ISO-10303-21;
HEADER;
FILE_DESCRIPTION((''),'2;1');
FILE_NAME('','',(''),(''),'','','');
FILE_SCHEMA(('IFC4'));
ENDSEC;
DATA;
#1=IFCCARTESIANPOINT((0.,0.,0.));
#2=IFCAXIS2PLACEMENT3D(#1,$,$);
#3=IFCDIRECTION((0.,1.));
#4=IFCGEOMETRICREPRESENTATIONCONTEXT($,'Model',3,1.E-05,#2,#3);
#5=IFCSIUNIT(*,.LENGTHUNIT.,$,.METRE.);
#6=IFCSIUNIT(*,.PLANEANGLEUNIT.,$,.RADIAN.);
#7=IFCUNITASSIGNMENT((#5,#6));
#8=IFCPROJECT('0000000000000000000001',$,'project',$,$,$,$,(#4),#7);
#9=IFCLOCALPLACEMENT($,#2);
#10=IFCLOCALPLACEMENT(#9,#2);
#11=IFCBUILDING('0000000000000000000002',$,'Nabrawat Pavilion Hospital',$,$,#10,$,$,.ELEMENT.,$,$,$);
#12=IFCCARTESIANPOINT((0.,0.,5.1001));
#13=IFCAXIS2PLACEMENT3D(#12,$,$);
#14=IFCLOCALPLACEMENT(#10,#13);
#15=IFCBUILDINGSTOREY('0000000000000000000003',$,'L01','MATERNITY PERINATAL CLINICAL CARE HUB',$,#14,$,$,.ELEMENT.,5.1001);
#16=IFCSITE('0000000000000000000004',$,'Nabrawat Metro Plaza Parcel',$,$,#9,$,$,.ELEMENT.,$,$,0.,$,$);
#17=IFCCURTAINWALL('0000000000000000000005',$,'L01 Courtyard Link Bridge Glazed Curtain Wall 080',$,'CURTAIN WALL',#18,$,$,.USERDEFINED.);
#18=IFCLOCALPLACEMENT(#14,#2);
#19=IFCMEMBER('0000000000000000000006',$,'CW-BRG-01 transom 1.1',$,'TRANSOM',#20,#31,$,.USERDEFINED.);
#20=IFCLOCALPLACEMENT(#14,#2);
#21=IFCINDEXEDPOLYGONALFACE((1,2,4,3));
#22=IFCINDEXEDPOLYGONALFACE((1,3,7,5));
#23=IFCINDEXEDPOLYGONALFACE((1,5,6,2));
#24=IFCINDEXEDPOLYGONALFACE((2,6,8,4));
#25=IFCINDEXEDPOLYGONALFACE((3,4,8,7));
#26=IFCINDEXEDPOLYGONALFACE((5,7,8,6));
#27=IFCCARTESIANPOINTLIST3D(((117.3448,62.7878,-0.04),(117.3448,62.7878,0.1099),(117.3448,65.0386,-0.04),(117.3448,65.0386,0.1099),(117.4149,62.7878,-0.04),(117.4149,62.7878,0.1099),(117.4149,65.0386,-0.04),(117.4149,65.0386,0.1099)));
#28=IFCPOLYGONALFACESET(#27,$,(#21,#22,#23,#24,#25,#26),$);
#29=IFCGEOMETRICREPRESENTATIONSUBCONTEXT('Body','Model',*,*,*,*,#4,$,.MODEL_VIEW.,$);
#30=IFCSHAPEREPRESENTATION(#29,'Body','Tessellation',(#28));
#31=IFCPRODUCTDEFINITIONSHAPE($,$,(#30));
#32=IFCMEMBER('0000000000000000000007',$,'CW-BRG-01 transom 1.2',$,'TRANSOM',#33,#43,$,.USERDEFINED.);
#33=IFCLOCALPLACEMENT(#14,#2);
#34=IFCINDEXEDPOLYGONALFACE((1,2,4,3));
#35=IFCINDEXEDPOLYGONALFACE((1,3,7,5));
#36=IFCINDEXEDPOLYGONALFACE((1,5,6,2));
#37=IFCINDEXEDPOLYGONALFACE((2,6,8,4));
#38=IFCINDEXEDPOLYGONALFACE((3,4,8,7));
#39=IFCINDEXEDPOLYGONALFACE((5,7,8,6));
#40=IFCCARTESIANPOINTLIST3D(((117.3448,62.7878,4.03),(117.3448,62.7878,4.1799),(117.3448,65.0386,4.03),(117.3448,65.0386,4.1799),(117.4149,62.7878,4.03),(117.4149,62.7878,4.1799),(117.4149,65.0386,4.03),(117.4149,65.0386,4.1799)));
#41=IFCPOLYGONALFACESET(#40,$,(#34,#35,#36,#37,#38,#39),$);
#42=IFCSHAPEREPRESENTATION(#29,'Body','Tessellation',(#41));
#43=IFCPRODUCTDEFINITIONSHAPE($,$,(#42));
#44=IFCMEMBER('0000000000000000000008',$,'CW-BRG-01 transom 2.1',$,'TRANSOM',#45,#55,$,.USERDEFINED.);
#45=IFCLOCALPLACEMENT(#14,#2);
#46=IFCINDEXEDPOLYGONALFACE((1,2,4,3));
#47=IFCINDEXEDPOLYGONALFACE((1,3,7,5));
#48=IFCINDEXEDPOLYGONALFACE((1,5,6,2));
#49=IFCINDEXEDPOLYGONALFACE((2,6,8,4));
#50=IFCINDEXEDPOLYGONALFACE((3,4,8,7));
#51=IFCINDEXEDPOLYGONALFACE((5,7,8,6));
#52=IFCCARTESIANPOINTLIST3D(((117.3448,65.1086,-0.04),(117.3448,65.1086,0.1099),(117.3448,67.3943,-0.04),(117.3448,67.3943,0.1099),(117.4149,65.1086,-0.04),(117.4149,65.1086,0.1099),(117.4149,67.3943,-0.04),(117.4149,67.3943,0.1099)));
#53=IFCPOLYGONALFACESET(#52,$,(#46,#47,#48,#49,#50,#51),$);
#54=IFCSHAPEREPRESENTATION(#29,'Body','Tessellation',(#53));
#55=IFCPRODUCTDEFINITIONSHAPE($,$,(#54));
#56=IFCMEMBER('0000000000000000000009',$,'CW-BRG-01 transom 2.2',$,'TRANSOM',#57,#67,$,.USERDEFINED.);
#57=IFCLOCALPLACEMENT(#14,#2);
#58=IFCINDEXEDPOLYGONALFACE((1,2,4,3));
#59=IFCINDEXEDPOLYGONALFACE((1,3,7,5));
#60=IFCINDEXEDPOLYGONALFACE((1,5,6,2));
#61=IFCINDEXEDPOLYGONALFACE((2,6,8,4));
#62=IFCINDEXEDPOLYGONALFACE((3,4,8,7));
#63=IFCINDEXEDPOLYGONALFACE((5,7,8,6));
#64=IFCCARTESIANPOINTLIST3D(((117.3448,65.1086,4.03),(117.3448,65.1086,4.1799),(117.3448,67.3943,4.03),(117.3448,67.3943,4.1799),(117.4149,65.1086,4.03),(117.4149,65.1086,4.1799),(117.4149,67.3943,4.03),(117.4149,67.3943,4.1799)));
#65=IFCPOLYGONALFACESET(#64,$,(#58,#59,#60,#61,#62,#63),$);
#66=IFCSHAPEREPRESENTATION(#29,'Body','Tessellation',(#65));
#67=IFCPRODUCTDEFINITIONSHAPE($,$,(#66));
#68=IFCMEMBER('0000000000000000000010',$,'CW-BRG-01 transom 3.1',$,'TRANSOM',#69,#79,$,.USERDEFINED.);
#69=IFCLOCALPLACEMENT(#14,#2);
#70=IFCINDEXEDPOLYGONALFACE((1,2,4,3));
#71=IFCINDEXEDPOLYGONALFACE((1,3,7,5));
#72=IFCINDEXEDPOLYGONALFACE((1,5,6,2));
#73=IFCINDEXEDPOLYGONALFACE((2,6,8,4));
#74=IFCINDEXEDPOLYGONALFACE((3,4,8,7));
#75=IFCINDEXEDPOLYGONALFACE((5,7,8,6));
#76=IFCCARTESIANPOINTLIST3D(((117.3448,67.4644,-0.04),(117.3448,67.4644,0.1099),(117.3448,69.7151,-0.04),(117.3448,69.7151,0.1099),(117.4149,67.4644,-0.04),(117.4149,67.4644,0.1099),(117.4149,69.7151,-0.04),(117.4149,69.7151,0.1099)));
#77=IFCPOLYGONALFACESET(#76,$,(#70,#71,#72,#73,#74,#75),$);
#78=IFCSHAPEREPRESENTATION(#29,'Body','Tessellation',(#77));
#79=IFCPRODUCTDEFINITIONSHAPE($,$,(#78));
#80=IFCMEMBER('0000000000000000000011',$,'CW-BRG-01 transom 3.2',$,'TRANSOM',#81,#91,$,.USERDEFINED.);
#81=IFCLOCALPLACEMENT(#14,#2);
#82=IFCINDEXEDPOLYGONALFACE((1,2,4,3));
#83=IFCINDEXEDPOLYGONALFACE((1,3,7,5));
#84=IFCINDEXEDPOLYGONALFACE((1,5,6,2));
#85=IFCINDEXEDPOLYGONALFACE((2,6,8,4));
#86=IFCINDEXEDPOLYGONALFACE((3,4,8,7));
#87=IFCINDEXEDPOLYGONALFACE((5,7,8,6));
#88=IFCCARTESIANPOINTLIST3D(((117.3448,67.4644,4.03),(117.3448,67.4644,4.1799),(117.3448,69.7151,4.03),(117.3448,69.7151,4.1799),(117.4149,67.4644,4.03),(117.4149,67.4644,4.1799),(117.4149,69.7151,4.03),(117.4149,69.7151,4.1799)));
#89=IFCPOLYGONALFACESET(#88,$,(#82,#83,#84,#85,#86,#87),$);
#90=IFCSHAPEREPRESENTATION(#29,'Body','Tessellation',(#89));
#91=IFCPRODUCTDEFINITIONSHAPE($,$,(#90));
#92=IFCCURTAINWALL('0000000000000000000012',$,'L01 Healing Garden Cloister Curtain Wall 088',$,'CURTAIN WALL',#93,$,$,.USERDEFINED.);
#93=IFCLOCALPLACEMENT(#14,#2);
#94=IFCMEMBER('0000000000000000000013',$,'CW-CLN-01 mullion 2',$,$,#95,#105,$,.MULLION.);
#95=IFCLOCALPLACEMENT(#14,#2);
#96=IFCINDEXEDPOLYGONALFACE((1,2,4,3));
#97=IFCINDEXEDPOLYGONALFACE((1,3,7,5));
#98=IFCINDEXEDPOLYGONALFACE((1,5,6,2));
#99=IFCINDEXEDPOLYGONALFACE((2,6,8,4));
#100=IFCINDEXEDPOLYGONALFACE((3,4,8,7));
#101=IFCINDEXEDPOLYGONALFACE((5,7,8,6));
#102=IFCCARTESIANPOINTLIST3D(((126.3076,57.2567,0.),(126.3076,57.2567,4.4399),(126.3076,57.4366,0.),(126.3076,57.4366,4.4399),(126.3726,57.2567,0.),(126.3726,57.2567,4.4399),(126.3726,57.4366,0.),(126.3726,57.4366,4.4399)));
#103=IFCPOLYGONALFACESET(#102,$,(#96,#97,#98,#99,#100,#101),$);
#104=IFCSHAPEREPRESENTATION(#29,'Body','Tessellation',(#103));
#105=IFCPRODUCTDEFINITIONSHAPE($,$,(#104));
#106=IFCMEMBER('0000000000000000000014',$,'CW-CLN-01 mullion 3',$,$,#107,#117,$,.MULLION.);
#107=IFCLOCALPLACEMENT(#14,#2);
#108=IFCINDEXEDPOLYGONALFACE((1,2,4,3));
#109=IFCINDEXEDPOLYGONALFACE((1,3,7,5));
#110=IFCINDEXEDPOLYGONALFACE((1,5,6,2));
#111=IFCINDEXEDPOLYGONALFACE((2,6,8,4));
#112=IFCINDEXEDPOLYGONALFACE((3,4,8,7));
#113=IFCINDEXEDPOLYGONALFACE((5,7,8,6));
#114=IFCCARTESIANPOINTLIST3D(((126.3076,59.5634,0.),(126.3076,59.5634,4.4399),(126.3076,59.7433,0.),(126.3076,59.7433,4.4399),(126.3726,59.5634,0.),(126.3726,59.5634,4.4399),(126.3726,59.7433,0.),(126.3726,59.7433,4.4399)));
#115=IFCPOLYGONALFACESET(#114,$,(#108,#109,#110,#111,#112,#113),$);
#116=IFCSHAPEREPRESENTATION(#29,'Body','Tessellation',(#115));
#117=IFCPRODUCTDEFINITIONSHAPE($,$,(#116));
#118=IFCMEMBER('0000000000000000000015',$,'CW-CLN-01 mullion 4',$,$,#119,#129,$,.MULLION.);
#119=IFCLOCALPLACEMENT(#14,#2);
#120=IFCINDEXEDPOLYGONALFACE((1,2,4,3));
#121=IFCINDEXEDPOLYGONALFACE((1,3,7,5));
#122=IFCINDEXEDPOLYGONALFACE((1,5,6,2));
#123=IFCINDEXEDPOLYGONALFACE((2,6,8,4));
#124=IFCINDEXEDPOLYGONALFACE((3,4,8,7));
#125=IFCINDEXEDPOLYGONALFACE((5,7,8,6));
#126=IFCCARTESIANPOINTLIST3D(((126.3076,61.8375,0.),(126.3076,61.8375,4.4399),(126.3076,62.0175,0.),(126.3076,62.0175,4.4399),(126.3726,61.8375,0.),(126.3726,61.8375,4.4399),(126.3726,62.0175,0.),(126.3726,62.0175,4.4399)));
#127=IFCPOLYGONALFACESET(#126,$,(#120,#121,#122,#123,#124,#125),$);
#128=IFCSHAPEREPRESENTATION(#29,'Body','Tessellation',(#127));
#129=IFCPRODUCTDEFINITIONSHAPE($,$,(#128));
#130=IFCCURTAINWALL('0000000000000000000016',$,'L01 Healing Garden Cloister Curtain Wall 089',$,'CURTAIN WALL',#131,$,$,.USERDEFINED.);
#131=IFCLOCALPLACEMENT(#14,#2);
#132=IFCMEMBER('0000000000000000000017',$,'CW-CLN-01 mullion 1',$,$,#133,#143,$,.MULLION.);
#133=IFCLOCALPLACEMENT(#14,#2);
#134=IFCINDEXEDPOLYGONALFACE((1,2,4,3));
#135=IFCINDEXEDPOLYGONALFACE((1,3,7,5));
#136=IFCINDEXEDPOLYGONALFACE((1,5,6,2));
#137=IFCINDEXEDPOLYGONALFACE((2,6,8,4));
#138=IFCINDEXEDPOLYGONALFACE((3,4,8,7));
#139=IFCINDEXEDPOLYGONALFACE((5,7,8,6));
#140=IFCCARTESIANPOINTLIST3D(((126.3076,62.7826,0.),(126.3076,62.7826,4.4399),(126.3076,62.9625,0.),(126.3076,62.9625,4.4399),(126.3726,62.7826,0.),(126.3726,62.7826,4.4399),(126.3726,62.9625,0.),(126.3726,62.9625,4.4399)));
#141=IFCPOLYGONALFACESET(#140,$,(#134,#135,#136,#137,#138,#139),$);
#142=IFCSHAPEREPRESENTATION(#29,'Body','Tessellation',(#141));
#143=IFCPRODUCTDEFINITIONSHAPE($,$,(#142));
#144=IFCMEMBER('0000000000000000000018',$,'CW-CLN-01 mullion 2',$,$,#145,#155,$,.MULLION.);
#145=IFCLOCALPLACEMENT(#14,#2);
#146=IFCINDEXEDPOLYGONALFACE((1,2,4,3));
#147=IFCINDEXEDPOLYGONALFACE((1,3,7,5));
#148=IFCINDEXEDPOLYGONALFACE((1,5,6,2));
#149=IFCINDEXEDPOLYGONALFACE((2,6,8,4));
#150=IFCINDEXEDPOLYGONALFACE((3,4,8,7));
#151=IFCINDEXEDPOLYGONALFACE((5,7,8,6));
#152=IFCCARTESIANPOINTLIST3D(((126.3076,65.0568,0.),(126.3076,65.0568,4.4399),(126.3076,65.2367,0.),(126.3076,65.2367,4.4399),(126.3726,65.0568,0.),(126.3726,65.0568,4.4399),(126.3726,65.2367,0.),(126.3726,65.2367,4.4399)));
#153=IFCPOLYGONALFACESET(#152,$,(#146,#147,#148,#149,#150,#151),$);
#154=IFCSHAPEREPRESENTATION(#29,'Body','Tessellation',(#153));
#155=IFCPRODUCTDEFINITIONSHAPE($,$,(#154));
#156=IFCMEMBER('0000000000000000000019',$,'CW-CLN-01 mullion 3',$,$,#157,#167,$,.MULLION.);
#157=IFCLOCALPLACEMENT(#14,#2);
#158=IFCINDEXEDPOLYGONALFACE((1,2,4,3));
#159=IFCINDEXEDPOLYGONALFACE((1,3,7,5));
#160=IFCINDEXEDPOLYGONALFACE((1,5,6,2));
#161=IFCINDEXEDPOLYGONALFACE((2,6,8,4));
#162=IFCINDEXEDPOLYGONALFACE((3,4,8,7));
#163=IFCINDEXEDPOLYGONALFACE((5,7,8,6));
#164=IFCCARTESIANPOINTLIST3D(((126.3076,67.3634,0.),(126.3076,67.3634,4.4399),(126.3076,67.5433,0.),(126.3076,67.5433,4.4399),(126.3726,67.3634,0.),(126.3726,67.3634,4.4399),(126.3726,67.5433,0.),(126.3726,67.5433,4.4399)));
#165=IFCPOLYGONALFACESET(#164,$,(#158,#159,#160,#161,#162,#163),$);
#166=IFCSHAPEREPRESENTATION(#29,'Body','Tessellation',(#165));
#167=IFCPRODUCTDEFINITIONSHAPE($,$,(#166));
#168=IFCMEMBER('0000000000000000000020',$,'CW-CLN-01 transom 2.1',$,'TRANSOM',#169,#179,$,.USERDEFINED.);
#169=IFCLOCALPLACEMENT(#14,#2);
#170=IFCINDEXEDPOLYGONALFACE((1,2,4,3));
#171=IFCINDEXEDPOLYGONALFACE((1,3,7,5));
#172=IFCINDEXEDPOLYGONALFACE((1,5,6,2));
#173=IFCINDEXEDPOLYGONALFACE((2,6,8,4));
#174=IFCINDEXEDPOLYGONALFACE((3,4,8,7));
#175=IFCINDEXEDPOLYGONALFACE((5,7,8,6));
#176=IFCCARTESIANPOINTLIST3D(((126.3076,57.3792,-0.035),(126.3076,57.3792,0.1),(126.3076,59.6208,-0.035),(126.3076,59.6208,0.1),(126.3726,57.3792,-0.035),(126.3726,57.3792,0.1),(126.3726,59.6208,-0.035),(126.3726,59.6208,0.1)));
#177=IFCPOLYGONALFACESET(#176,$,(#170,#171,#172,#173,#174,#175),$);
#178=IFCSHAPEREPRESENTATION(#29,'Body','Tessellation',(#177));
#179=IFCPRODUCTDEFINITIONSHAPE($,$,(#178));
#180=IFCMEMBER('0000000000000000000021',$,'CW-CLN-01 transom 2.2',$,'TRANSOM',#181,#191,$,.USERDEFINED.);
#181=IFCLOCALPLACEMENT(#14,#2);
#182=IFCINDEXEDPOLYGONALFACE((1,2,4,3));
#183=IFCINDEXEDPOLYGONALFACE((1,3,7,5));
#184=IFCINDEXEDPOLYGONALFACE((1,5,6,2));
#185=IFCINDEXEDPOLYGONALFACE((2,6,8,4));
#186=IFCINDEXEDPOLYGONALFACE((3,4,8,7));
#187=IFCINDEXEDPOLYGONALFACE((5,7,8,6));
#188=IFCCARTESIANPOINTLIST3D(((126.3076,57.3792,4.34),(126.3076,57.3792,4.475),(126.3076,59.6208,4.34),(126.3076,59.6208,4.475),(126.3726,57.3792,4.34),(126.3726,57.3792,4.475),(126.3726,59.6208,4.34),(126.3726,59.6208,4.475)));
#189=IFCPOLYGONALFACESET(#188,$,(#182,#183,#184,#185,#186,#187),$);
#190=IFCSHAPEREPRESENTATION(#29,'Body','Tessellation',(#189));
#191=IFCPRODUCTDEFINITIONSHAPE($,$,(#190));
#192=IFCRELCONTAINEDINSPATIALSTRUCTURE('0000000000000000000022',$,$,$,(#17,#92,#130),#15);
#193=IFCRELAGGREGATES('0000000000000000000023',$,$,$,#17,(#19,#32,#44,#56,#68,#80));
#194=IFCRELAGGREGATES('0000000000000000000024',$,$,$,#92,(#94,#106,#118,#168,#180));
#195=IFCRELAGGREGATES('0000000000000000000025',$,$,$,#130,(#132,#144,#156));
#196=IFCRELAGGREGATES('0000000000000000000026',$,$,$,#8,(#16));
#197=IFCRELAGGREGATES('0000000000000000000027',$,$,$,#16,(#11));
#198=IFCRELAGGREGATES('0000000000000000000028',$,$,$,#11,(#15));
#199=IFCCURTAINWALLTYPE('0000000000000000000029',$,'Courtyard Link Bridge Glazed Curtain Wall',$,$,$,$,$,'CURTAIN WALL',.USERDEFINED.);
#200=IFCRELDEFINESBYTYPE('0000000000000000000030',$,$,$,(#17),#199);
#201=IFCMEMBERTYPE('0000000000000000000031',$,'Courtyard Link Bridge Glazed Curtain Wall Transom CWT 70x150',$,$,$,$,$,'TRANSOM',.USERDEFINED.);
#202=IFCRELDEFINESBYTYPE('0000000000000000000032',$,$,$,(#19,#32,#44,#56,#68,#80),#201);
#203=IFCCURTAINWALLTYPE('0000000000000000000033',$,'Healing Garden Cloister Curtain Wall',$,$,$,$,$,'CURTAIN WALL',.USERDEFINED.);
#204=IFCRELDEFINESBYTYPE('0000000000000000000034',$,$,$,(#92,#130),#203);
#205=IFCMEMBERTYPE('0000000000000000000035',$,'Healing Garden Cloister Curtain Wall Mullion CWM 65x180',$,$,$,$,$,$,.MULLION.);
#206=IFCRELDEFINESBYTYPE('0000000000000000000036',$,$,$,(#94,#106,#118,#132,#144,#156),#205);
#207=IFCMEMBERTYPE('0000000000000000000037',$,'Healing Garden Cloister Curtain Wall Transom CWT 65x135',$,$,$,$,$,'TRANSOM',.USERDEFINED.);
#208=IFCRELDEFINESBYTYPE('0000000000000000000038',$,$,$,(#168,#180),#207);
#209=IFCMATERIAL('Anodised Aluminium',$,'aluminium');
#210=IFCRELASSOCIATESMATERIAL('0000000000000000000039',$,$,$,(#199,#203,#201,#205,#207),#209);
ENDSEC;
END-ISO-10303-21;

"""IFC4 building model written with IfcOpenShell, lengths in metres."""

from ifc_helpers import new_model, si_unit, direction, frame, origin, origin_2d, place, context, subcontext, project, spatial, rectangle, extrude, material, material_profile, profile_set, type_object, element, aggregate, save


model = new_model("IFC4")

# Units and contexts
model_context = context("Model", 3, precision=1e-05, world=origin(), true_north=direction((0.0, 1.0)))
body_context = subcontext(model_context, "Body", "Model", "MODEL_VIEW")
ifc_project = project(units=[si_unit("LENGTHUNIT", "METRE"), si_unit("PLANEANGLEUNIT", "RADIAN")], contexts=[model_context])

# Site, building, storey
site_placement = place(None, origin())
site = spatial("IfcSite", under=ifc_project, at=site_placement, Name="Nabrawat Metro Plaza Parcel", CompositionType="ELEMENT", RefElevation=0.0)
building_placement = place(site_placement, origin())
building = spatial("IfcBuilding", under=site, at=building_placement, Name="Nabrawat Pavilion Hospital", CompositionType="ELEMENT")
storey_placement = place(building_placement, frame((0.0, 0.0, 5.1001)))
storey = spatial("IfcBuildingStorey", under=building, at=storey_placement, Name="L01", Description="MATERNITY PERINATAL CLINICAL CARE HUB", CompositionType="ELEMENT", Elevation=5.1001)

# Curtain walls, members
ifc_material_1 = material(Name="Anodised Aluminium", Category="aluminium")
curtain_wall_type_1 = type_object("IfcCurtainWallType", Name="Courtyard Link Bridge Glazed Curtain Wall", ElementType="CURTAIN WALL", PredefinedType="USERDEFINED", material=ifc_material_1)
curtain_wall_1_placement = place(storey_placement, origin())
curtain_wall_1 = element("IfcCurtainWall", 1, at=curtain_wall_1_placement, inside=storey, type_object=curtain_wall_type_1, Name="L01 Courtyard Link Bridge Glazed Curtain Wall 080", ObjectType="CURTAIN WALL", PredefinedType="USERDEFINED")
ifc_material_profile_1 = material_profile(ifc_material_1, rectangle(XDim=0.0701, YDim=0.1499, at=origin_2d()), Name="CWT 70x150")
ifc_profile_set_1 = profile_set([ifc_material_profile_1], Name="Anodised Aluminium")
member_type_1 = type_object("IfcMemberType", Name="Courtyard Link Bridge Glazed Curtain Wall Transom CWT 70x150", ElementType="TRANSOM", PredefinedType="USERDEFINED", material=ifc_profile_set_1)
member_1_placement = place(storey_placement, frame((117.3799, 62.7878, 0.0349), z_axis=(0.0, 1.0, 0.0), x_axis=(-1.0, 0.0, 0.0)))
member_1 = element("IfcMember", 2, at=member_1_placement, type_object=member_type_1, Name="CW-BRG-01 transom 1.1", ObjectType="TRANSOM", PredefinedType="USERDEFINED", context=body_context, shape_type="SweptSolid", body=[
    extrude(rectangle(XDim=0.0701, YDim=0.1499, at=origin_2d()), origin(), (0.0, 0.0, 1.0), 2.2507),
])
member_2_placement = place(storey_placement, frame((117.3799, 62.7878, 4.105), z_axis=(0.0, 1.0, 0.0), x_axis=(-1.0, 0.0, 0.0)))
member_2 = element("IfcMember", 3, at=member_2_placement, type_object=member_type_1, Name="CW-BRG-01 transom 1.2", ObjectType="TRANSOM", PredefinedType="USERDEFINED", context=body_context, shape_type="SweptSolid", body=[
    extrude(rectangle(XDim=0.0701, YDim=0.1499, at=origin_2d()), origin(), (0.0, 0.0, 1.0), 2.2507),
])
member_3_placement = place(storey_placement, frame((117.3799, 65.1086, 0.0349), z_axis=(0.0, 1.0, 0.0), x_axis=(-1.0, 0.0, 0.0)))
member_3 = element("IfcMember", 4, at=member_3_placement, type_object=member_type_1, Name="CW-BRG-01 transom 2.1", ObjectType="TRANSOM", PredefinedType="USERDEFINED", context=body_context, shape_type="SweptSolid", body=[
    extrude(rectangle(XDim=0.0701, YDim=0.1499, at=origin_2d()), origin(), (0.0, 0.0, 1.0), 2.2856),
])
member_4_placement = place(storey_placement, frame((117.3799, 65.1086, 4.105), z_axis=(0.0, 1.0, 0.0), x_axis=(-1.0, 0.0, 0.0)))
member_4 = element("IfcMember", 5, at=member_4_placement, type_object=member_type_1, Name="CW-BRG-01 transom 2.2", ObjectType="TRANSOM", PredefinedType="USERDEFINED", context=body_context, shape_type="SweptSolid", body=[
    extrude(rectangle(XDim=0.0701, YDim=0.1499, at=origin_2d()), origin(), (0.0, 0.0, 1.0), 2.2856),
])
member_5_placement = place(storey_placement, frame((117.3799, 67.4644, 0.0349), z_axis=(0.0, 1.0, 0.0), x_axis=(-1.0, 0.0, 0.0)))
member_5 = element("IfcMember", 6, at=member_5_placement, type_object=member_type_1, Name="CW-BRG-01 transom 3.1", ObjectType="TRANSOM", PredefinedType="USERDEFINED", context=body_context, shape_type="SweptSolid", body=[
    extrude(rectangle(XDim=0.0701, YDim=0.1499, at=origin_2d()), origin(), (0.0, 0.0, 1.0), 2.2507),
])
member_6_placement = place(storey_placement, frame((117.3799, 67.4644, 4.105), z_axis=(0.0, 1.0, 0.0), x_axis=(-1.0, 0.0, 0.0)))
member_6 = element("IfcMember", 7, at=member_6_placement, type_object=member_type_1, Name="CW-BRG-01 transom 3.2", ObjectType="TRANSOM", PredefinedType="USERDEFINED", context=body_context, shape_type="SweptSolid", body=[
    extrude(rectangle(XDim=0.0701, YDim=0.1499, at=origin_2d()), origin(), (0.0, 0.0, 1.0), 2.2507),
])
curtain_wall_type_2 = type_object("IfcCurtainWallType", Name="Healing Garden Cloister Curtain Wall", ElementType="CURTAIN WALL", PredefinedType="USERDEFINED", material=ifc_material_1)
curtain_wall_2_placement = place(storey_placement, origin())
curtain_wall_2 = element("IfcCurtainWall", 8, at=curtain_wall_2_placement, inside=storey, type_object=curtain_wall_type_2, Name="L01 Healing Garden Cloister Curtain Wall 088", ObjectType="CURTAIN WALL", PredefinedType="USERDEFINED")
ifc_material_profile_2 = material_profile(ifc_material_1, rectangle(XDim=0.0649, YDim=0.1799, at=origin_2d()), Name="CWM 65x180")
ifc_profile_set_2 = profile_set([ifc_material_profile_2], Name="Anodised Aluminium")
member_type_2 = type_object("IfcMemberType", Name="Healing Garden Cloister Curtain Wall Mullion CWM 65x180", PredefinedType="MULLION", material=ifc_profile_set_2)
member_7_placement = place(storey_placement, frame((126.3401, 57.3467, 0.0), z_axis=(0.0, 0.0, 1.0), x_axis=(-1.0, 0.0, 0.0)))
member_7 = element("IfcMember", 9, at=member_7_placement, type_object=member_type_2, Name="CW-CLN-01 mullion 2", PredefinedType="MULLION", context=body_context, shape_type="SweptSolid", body=[
    extrude(rectangle(XDim=0.0649, YDim=0.1799, at=origin_2d()), origin(), (0.0, 0.0, 1.0), 4.4399),
])
member_8_placement = place(storey_placement, frame((126.3401, 59.6533, 0.0), z_axis=(0.0, 0.0, 1.0), x_axis=(-1.0, 0.0, 0.0)))
member_8 = element("IfcMember", 10, at=member_8_placement, type_object=member_type_2, Name="CW-CLN-01 mullion 3", PredefinedType="MULLION", context=body_context, shape_type="SweptSolid", body=[
    extrude(rectangle(XDim=0.0649, YDim=0.1799, at=origin_2d()), origin(), (0.0, 0.0, 1.0), 4.4399),
])
member_9_placement = place(storey_placement, frame((126.3401, 61.9275, 0.0), z_axis=(0.0, 0.0, 1.0), x_axis=(-1.0, 0.0, 0.0)))
member_9 = element("IfcMember", 11, at=member_9_placement, type_object=member_type_2, Name="CW-CLN-01 mullion 4", PredefinedType="MULLION", context=body_context, shape_type="SweptSolid", body=[
    extrude(rectangle(XDim=0.0649, YDim=0.1799, at=origin_2d()), origin(), (0.0, 0.0, 1.0), 4.4399),
])
curtain_wall_3_placement = place(storey_placement, origin())
curtain_wall_3 = element("IfcCurtainWall", 12, at=curtain_wall_3_placement, inside=storey, type_object=curtain_wall_type_2, Name="L01 Healing Garden Cloister Curtain Wall 089", ObjectType="CURTAIN WALL", PredefinedType="USERDEFINED")
member_10_placement = place(storey_placement, frame((126.3401, 62.8726, 0.0), z_axis=(0.0, 0.0, 1.0), x_axis=(-1.0, 0.0, 0.0)))
member_10 = element("IfcMember", 13, at=member_10_placement, type_object=member_type_2, Name="CW-CLN-01 mullion 1", PredefinedType="MULLION", context=body_context, shape_type="SweptSolid", body=[
    extrude(rectangle(XDim=0.0649, YDim=0.1799, at=origin_2d()), origin(), (0.0, 0.0, 1.0), 4.4399),
])
member_11_placement = place(storey_placement, frame((126.3401, 65.1467, 0.0), z_axis=(0.0, 0.0, 1.0), x_axis=(-1.0, 0.0, 0.0)))
member_11 = element("IfcMember", 14, at=member_11_placement, type_object=member_type_2, Name="CW-CLN-01 mullion 2", PredefinedType="MULLION", context=body_context, shape_type="SweptSolid", body=[
    extrude(rectangle(XDim=0.0649, YDim=0.1799, at=origin_2d()), origin(), (0.0, 0.0, 1.0), 4.4399),
])
member_12_placement = place(storey_placement, frame((126.3401, 67.4534, 0.0), z_axis=(0.0, 0.0, 1.0), x_axis=(-1.0, 0.0, 0.0)))
member_12 = element("IfcMember", 15, at=member_12_placement, type_object=member_type_2, Name="CW-CLN-01 mullion 3", PredefinedType="MULLION", context=body_context, shape_type="SweptSolid", body=[
    extrude(rectangle(XDim=0.0649, YDim=0.1799, at=origin_2d()), origin(), (0.0, 0.0, 1.0), 4.4399),
])

# Members
ifc_material_profile_3 = material_profile(ifc_material_1, rectangle(XDim=0.0649, YDim=0.135, at=origin_2d()), Name="CWT 65x135")
ifc_profile_set_3 = profile_set([ifc_material_profile_3], Name="Anodised Aluminium")
member_type_3 = type_object("IfcMemberType", Name="Healing Garden Cloister Curtain Wall Transom CWT 65x135", ElementType="TRANSOM", PredefinedType="USERDEFINED", material=ifc_profile_set_3)
member_13_placement = place(storey_placement, frame((126.3401, 57.3792, 0.0325), z_axis=(0.0, 1.0, 0.0), x_axis=(-1.0, 0.0, 0.0)))
member_13 = element("IfcMember", 16, at=member_13_placement, type_object=member_type_3, Name="CW-CLN-01 transom 2.1", ObjectType="TRANSOM", PredefinedType="USERDEFINED", context=body_context, shape_type="SweptSolid", body=[
    extrude(rectangle(XDim=0.0649, YDim=0.135, at=origin_2d()), origin(), (0.0, 0.0, 1.0), 2.2417),
])
member_14_placement = place(storey_placement, frame((126.3401, 57.3792, 4.4075), z_axis=(0.0, 1.0, 0.0), x_axis=(-1.0, 0.0, 0.0)))
member_14 = element("IfcMember", 17, at=member_14_placement, type_object=member_type_3, Name="CW-CLN-01 transom 2.2", ObjectType="TRANSOM", PredefinedType="USERDEFINED", context=body_context, shape_type="SweptSolid", body=[
    extrude(rectangle(XDim=0.0649, YDim=0.135, at=origin_2d()), origin(), (0.0, 0.0, 1.0), 2.2417),
])

aggregate(curtain_wall_1, [member_1, member_2, member_3, member_4, member_5, member_6])
aggregate(curtain_wall_2, [member_7, member_8, member_9, member_13, member_14])
aggregate(curtain_wall_3, [member_10, member_11, member_12])

save(model, "model.ifc")
